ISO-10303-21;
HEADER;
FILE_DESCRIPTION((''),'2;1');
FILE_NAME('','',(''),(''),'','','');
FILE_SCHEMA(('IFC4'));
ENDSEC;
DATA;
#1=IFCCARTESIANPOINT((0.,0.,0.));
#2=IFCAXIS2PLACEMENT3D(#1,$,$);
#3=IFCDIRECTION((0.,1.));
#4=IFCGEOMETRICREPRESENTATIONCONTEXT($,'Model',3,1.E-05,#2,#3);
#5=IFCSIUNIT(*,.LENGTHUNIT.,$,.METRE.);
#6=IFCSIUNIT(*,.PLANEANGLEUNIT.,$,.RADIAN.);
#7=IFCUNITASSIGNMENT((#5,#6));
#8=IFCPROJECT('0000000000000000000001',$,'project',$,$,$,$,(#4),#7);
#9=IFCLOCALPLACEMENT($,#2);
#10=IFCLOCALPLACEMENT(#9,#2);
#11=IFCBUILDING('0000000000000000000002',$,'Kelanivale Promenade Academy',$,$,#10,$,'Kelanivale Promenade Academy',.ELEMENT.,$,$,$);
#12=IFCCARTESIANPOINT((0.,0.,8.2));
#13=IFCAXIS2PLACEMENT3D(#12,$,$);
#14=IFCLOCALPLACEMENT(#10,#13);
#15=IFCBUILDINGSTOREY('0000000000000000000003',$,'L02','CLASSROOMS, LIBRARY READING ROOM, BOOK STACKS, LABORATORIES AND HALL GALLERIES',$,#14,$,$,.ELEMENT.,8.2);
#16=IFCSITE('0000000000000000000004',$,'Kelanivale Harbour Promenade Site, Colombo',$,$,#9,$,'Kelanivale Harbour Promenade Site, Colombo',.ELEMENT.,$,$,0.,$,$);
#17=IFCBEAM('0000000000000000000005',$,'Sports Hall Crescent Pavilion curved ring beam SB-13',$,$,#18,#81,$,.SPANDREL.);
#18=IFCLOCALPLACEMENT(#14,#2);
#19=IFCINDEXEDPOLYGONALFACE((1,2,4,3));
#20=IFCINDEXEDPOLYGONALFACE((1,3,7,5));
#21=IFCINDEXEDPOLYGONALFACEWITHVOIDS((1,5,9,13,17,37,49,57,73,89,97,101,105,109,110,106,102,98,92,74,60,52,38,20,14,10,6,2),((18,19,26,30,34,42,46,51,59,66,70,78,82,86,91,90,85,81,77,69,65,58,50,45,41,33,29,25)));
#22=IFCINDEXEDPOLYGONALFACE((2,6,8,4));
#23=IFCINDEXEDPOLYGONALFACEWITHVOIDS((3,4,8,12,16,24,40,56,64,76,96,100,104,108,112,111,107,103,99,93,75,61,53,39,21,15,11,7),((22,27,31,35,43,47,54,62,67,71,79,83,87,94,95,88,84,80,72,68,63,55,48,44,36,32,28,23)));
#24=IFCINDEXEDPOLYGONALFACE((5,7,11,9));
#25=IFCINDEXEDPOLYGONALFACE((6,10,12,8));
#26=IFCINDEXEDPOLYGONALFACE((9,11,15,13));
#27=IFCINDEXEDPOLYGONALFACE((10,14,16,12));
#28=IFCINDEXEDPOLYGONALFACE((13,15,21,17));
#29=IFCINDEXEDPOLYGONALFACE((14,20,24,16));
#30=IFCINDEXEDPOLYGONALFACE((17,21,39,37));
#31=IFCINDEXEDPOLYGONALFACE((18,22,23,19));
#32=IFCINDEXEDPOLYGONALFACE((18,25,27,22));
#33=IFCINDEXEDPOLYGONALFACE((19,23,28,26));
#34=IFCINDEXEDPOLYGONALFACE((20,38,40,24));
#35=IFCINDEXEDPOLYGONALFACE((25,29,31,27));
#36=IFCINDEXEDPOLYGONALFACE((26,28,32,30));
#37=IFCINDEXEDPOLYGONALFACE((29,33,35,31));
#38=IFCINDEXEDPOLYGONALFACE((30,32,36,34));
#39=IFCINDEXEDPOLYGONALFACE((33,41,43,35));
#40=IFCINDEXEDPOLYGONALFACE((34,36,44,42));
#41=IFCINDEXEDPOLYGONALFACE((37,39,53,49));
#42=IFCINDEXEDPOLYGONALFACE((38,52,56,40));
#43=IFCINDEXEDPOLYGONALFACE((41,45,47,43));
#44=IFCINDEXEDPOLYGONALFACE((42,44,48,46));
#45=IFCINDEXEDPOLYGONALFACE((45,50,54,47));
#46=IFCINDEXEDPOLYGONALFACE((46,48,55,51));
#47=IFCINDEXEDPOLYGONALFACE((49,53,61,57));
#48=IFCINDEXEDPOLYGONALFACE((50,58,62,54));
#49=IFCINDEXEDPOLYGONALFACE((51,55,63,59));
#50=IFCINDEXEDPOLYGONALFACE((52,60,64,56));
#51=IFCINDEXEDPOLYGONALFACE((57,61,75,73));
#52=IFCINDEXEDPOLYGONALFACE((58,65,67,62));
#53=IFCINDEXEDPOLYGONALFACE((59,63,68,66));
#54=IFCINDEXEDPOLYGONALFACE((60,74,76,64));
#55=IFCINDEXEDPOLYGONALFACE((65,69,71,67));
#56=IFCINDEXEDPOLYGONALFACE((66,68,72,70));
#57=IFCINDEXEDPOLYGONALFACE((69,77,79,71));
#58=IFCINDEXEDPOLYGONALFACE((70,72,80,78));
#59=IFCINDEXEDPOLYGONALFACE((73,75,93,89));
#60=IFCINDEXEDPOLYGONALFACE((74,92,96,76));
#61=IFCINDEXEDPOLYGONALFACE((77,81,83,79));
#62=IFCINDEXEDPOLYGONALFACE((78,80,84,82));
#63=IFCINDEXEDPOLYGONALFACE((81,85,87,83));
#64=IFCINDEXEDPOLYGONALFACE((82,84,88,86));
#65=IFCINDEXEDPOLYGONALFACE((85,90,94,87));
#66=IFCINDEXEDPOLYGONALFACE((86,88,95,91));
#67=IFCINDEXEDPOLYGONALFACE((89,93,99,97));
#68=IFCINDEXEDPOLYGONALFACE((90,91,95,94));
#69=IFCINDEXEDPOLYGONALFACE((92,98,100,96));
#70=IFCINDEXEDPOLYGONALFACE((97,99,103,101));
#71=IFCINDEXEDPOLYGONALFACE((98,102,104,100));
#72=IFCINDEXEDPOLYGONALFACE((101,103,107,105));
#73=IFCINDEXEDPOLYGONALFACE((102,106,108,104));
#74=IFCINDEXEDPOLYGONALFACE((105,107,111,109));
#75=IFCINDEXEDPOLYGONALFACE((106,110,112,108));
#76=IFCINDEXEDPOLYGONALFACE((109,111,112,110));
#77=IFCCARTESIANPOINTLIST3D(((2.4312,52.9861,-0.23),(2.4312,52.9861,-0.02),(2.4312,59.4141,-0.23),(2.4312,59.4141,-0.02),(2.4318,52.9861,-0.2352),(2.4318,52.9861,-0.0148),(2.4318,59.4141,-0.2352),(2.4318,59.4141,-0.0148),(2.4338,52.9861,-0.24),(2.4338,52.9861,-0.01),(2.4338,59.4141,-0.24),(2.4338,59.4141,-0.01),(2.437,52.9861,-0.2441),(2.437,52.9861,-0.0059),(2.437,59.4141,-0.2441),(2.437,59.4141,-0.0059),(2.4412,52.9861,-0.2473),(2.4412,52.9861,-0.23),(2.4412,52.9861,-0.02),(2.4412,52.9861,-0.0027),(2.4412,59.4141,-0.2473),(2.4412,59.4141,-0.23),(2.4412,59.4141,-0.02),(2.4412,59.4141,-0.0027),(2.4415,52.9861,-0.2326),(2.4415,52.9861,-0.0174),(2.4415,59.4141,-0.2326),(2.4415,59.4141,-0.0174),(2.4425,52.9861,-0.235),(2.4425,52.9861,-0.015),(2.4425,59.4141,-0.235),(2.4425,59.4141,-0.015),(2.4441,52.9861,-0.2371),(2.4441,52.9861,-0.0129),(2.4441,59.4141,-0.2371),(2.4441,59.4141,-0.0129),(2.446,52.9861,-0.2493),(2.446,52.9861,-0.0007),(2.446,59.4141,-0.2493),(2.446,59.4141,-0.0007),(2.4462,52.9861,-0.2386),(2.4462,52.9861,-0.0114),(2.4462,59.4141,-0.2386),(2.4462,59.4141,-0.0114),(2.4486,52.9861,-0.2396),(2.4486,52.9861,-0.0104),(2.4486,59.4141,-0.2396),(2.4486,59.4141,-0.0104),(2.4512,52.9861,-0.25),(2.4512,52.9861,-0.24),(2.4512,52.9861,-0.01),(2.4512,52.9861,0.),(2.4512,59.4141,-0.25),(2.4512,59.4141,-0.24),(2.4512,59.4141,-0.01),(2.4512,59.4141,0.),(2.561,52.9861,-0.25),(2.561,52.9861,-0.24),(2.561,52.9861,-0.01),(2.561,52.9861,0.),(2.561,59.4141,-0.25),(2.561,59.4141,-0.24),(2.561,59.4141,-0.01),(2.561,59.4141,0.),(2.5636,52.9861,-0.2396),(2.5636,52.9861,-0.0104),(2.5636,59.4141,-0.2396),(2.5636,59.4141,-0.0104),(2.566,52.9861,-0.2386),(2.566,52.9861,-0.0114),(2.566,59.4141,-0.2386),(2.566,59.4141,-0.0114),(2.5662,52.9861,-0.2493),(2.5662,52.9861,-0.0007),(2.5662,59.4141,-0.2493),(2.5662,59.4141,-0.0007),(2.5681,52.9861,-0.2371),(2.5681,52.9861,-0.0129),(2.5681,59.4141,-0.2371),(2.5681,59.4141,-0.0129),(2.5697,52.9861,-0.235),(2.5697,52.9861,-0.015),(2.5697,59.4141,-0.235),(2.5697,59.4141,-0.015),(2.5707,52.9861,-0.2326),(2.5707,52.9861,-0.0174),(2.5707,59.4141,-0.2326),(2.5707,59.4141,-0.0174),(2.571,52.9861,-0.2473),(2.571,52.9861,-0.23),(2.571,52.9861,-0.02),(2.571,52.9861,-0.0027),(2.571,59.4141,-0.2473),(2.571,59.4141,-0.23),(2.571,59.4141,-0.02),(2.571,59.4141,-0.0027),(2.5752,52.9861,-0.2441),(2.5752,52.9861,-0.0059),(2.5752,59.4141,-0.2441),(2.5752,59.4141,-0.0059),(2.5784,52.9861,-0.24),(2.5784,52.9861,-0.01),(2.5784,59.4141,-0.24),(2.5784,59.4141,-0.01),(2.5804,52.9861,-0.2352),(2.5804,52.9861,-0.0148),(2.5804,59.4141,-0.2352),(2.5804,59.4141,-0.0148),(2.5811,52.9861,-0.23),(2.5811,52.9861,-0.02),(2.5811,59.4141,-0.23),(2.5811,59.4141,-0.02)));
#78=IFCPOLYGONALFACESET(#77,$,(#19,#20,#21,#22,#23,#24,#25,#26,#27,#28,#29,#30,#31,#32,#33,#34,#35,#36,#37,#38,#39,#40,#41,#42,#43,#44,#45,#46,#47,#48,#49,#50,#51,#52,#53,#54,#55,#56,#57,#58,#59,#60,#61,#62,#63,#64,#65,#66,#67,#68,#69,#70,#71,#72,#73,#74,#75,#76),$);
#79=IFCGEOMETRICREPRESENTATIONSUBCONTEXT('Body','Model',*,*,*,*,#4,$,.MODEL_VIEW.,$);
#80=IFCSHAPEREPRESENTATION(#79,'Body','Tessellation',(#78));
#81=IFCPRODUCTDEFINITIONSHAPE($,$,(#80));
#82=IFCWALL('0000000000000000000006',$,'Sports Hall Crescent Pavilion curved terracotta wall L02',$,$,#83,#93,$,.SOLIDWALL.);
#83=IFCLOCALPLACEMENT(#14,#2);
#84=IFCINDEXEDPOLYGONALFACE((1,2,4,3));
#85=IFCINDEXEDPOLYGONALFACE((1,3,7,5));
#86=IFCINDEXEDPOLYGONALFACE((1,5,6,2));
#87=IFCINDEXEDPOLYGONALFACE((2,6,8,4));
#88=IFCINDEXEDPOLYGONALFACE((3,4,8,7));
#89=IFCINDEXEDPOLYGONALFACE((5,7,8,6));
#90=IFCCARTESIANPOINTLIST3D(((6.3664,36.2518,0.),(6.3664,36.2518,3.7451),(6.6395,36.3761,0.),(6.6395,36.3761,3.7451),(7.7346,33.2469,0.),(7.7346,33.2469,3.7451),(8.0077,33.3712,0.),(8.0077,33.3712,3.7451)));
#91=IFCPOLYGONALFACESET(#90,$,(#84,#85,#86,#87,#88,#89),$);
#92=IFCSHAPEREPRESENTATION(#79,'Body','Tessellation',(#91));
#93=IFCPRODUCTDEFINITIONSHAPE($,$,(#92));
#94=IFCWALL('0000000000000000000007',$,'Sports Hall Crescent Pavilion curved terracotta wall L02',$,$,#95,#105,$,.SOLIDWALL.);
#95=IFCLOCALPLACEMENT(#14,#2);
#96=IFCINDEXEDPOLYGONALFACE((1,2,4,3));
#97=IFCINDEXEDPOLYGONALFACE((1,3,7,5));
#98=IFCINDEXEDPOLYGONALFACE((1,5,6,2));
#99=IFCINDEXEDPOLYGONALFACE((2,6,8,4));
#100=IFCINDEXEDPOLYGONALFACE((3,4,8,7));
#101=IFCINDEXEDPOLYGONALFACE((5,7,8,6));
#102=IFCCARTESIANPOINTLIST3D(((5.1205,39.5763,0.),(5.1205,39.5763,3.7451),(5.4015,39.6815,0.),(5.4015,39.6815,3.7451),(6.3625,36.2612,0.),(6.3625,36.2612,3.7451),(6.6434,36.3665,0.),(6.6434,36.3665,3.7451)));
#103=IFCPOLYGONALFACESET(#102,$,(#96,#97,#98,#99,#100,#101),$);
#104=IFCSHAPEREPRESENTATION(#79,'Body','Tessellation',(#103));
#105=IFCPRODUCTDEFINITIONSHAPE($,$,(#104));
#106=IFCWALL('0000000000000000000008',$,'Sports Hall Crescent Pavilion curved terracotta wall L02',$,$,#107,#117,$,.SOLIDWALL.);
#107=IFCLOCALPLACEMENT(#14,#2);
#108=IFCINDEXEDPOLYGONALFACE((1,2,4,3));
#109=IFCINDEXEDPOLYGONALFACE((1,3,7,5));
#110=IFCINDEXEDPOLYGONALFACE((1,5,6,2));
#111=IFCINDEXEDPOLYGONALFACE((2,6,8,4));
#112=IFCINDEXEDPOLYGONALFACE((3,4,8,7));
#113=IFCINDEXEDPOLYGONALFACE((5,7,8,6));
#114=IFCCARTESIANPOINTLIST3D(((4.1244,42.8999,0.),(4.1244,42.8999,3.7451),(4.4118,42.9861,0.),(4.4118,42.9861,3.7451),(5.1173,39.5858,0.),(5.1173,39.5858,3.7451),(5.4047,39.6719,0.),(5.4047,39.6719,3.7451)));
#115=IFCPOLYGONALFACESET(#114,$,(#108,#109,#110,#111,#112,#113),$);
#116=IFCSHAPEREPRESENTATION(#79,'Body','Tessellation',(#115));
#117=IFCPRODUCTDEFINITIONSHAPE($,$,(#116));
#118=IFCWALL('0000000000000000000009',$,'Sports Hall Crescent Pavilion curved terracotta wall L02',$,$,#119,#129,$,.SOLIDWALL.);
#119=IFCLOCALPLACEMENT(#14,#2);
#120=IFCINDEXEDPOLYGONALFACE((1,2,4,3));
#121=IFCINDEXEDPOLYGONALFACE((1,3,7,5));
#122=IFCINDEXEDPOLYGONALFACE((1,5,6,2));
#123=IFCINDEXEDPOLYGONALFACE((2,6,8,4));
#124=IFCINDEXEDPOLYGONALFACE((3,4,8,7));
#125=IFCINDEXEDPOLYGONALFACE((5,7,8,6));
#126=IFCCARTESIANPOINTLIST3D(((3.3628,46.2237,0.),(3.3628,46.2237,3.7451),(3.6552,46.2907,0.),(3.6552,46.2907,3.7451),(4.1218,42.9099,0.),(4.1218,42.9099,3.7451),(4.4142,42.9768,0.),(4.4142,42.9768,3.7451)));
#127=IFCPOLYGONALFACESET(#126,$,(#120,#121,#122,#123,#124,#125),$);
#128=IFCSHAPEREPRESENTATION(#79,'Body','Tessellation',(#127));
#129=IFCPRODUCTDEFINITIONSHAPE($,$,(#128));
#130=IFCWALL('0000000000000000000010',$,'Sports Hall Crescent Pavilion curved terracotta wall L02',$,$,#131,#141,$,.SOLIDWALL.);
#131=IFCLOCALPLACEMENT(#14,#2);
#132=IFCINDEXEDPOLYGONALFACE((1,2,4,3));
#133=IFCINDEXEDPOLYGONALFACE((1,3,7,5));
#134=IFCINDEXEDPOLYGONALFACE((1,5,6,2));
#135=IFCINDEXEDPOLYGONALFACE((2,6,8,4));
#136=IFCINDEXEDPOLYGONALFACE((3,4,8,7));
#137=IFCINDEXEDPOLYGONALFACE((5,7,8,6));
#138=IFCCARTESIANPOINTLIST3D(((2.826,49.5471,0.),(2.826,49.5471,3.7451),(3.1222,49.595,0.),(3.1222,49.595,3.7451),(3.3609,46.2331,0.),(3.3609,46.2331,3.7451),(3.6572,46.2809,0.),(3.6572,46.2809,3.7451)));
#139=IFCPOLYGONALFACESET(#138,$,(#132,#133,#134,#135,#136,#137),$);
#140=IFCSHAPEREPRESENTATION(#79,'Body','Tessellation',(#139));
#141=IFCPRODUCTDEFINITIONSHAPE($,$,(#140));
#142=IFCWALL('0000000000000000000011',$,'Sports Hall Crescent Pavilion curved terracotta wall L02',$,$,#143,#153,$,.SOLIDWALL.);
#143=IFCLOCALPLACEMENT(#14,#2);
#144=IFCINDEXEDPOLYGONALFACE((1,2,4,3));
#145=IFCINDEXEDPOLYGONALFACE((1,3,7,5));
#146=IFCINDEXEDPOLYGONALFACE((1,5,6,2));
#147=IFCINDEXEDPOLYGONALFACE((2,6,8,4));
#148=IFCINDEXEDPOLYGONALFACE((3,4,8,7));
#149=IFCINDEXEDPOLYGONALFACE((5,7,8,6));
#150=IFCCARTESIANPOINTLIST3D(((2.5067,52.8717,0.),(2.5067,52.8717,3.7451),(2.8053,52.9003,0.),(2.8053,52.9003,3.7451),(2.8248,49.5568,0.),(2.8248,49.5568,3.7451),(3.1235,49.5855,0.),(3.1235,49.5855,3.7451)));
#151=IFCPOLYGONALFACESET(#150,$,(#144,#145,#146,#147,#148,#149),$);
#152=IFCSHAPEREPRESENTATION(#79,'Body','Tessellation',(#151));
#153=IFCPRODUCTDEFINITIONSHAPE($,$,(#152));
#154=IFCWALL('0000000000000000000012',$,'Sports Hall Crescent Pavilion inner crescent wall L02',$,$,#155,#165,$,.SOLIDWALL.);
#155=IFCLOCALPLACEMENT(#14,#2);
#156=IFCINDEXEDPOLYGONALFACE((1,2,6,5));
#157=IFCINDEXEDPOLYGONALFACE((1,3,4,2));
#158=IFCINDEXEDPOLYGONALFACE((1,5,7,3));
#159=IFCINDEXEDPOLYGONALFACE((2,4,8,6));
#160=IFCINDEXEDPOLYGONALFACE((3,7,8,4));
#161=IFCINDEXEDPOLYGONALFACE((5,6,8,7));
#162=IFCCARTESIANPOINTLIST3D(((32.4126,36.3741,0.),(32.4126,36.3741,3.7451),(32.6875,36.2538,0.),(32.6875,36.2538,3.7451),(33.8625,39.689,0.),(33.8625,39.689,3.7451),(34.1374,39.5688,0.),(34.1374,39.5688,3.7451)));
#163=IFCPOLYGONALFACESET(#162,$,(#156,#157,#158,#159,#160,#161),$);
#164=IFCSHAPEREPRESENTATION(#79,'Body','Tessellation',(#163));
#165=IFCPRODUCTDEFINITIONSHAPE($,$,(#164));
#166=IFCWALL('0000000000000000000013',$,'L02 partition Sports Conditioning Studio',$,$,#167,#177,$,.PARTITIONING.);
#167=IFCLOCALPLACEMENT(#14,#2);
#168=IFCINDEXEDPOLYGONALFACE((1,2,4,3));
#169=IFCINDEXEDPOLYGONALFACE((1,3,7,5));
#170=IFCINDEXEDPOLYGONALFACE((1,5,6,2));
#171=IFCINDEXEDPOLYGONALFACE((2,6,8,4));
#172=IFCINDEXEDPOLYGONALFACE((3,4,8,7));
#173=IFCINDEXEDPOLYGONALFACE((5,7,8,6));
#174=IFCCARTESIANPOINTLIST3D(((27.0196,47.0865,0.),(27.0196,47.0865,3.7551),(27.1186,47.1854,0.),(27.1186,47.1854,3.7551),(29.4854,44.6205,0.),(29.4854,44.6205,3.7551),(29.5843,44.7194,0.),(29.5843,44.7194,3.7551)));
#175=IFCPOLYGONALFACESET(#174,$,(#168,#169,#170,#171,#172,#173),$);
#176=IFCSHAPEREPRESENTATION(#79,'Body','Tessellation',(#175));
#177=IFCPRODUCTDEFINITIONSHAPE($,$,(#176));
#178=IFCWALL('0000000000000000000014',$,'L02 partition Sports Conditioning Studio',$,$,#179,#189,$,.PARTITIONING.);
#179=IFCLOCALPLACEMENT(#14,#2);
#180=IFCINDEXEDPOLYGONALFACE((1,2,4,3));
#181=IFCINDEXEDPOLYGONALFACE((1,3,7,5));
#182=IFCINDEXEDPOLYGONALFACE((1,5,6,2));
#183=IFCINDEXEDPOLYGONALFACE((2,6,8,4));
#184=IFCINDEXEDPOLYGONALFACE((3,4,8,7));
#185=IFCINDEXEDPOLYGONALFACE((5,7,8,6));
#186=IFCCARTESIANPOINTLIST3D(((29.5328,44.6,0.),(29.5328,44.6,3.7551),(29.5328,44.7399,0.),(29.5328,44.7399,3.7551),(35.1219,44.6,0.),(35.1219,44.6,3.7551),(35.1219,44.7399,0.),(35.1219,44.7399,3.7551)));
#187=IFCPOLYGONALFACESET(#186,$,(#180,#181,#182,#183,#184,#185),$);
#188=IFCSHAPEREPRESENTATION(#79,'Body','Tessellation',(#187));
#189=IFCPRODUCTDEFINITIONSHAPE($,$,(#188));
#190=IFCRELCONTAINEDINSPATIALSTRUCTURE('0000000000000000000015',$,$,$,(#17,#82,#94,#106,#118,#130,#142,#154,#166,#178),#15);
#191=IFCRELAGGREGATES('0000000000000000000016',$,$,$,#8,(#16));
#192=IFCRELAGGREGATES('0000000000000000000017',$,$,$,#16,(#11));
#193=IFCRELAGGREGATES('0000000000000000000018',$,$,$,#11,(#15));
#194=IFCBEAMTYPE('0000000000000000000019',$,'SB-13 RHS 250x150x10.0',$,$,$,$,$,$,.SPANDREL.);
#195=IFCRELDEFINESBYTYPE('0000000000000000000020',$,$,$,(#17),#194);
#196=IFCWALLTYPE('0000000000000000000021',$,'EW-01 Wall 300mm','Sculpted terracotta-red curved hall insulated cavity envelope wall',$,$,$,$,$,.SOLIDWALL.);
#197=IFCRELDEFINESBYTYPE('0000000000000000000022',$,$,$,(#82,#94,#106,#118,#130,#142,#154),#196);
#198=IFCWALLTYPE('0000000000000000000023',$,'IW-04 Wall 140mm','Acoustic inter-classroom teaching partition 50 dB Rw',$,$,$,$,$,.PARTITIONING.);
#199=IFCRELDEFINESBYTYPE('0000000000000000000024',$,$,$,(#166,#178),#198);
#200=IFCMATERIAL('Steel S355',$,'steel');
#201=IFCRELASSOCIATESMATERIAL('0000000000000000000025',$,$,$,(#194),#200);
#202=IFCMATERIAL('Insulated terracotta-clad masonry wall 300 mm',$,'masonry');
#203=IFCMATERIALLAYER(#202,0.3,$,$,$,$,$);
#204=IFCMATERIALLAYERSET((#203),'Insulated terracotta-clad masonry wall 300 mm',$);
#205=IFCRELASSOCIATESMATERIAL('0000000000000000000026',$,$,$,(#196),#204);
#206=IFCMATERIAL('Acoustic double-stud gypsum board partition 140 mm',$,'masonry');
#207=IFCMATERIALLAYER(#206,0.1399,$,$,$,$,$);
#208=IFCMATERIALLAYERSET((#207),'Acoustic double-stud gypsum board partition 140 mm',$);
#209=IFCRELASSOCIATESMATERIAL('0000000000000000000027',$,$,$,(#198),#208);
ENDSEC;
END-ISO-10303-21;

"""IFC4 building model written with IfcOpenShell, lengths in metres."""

from ifc_helpers import new_model, si_unit, direction, frame, frame_2d, origin, origin_2d, place, context, subcontext, project, spatial, rectangle, hollow_rectangle, extrude, material, layer, layer_set, material_profile, profile_set, type_object, element, save


model = new_model("IFC4")

# Units and contexts
model_context = context("Model", 3, precision=1e-05, world=origin(), true_north=direction((0.0, 1.0)))
body_context = subcontext(model_context, "Body", "Model", "MODEL_VIEW")
ifc_project = project(units=[si_unit("LENGTHUNIT", "METRE"), si_unit("PLANEANGLEUNIT", "RADIAN")], contexts=[model_context])

# Site, building, storey
site_placement = place(None, origin())
site = spatial("IfcSite", under=ifc_project, at=site_placement, Name="Kelanivale Harbour Promenade Site, Colombo", LongName="Kelanivale Harbour Promenade Site, Colombo", CompositionType="ELEMENT", RefElevation=0.0)
building_placement = place(site_placement, origin())
building = spatial("IfcBuilding", under=site, at=building_placement, Name="Kelanivale Promenade Academy", LongName="Kelanivale Promenade Academy", CompositionType="ELEMENT")
storey_placement = place(building_placement, frame((0.0, 0.0, 8.2)))
storey = spatial("IfcBuildingStorey", under=building, at=storey_placement, Name="L02", Description="CLASSROOMS, LIBRARY READING ROOM, BOOK STACKS, LABORATORIES AND HALL GALLERIES", CompositionType="ELEMENT", Elevation=8.2)

# Shared definitions
ifc_material_1 = material(Name="Steel S355", Category="steel")

# Beam
ifc_material_profile_1 = material_profile(ifc_material_1, hollow_rectangle(XDim=0.1499, YDim=0.25, WallThickness=0.01, InnerFilletRadius=0.01, OuterFilletRadius=0.02, at=origin_2d()), Name="RHS 250x150x10.0")
ifc_profile_set_1 = profile_set([ifc_material_profile_1], Name="Steel S355")
beam_type_1 = type_object("IfcBeamType", Name="SB-13 RHS 250x150x10.0", PredefinedType="SPANDREL", material=ifc_profile_set_1)
beam_1_placement = place(storey_placement, frame((2.5061, 52.9861, -0.125), z_axis=(0.0, 1.0, 0.0), x_axis=(-1.0, 0.0, 0.0)))
element("IfcBeam", 1, at=beam_1_placement, inside=storey, type_object=beam_type_1, Name="Sports Hall Crescent Pavilion curved ring beam SB-13", PredefinedType="SPANDREL", context=body_context, shape_type="SweptSolid", body=[
    extrude(hollow_rectangle(XDim=0.1499, YDim=0.25, WallThickness=0.01, InnerFilletRadius=0.01, OuterFilletRadius=0.02, at=origin_2d()), origin(), (0.0, 0.0, 1.0), 6.428),
])

# Walls
ifc_material_2 = material(Name="Insulated terracotta-clad masonry wall 300 mm", Category="masonry")
ifc_layer_1 = layer(ifc_material_2, 0.3)
ifc_layer_set_1 = layer_set([ifc_layer_1], Name="Insulated terracotta-clad masonry wall 300 mm")
wall_type_1 = type_object("IfcWallType", Name="EW-01 Wall 300mm", Description="Sculpted terracotta-red curved hall insulated cavity envelope wall", PredefinedType="SOLIDWALL", material=ifc_layer_set_1)
wall_1_placement = place(storey_placement, frame((6.5029, 36.314, 0.0), z_axis=(0.0, 0.0, 1.0), x_axis=(0.414382, -0.910103, 0.0)))
element("IfcWall", 2, at=wall_1_placement, inside=storey, type_object=wall_type_1, Name="Sports Hall Crescent Pavilion curved terracotta wall L02", PredefinedType="SOLIDWALL", context=body_context, shape_type="SweptSolid", body=[
    extrude(rectangle(XDim=3.3018, YDim=0.3, at=frame_2d((1.6509, 0.0))), origin(), (0.0, 0.0, 1.0), 3.7451),
])
wall_2_placement = place(storey_placement, frame((5.261, 39.6289, 0.0), z_axis=(0.0, 0.0, 1.0), x_axis=(0.350836, -0.936437, 0.0)))
element("IfcWall", 3, at=wall_2_placement, inside=storey, type_object=wall_type_1, Name="Sports Hall Crescent Pavilion curved terracotta wall L02", PredefinedType="SOLIDWALL", context=body_context, shape_type="SweptSolid", body=[
    extrude(rectangle(XDim=3.54, YDim=0.3, at=frame_2d((1.77, 0.0))), origin(), (0.0, 0.0, 1.0), 3.7451),
])
wall_3_placement = place(storey_placement, frame((4.2681, 42.9431, 0.0), z_axis=(0.0, 0.0, 1.0), x_axis=(0.286992, -0.957933, 0.0)))
element("IfcWall", 4, at=wall_3_placement, inside=storey, type_object=wall_type_1, Name="Sports Hall Crescent Pavilion curved terracotta wall L02", PredefinedType="SOLIDWALL", context=body_context, shape_type="SweptSolid", body=[
    extrude(rectangle(XDim=3.4597, YDim=0.3, at=frame_2d((1.73, 0.0))), origin(), (0.0, 0.0, 1.0), 3.7451),
])
wall_4_placement = place(storey_placement, frame((3.509, 46.2571, 0.0), z_axis=(0.0, 0.0, 1.0), x_axis=(0.22326, -0.974759, 0.0)))
element("IfcWall", 5, at=wall_4_placement, inside=storey, type_object=wall_type_1, Name="Sports Hall Crescent Pavilion curved terracotta wall L02", PredefinedType="SOLIDWALL", context=body_context, shape_type="SweptSolid", body=[
    extrude(rectangle(XDim=3.3997, YDim=0.3, at=frame_2d((1.6997, 0.0))), origin(), (0.0, 0.0, 1.0), 3.7451),
])
wall_5_placement = place(storey_placement, frame((2.9741, 49.571, 0.0), z_axis=(0.0, 0.0, 1.0), x_axis=(0.159349, -0.987222, 0.0)))
element("IfcWall", 6, at=wall_5_placement, inside=storey, type_object=wall_type_1, Name="Sports Hall Crescent Pavilion curved terracotta wall L02", PredefinedType="SOLIDWALL", context=body_context, shape_type="SweptSolid", body=[
    extrude(rectangle(XDim=3.3569, YDim=0.3, at=frame_2d((1.6785, 0.0))), origin(), (0.0, 0.0, 1.0), 3.7451),
])
wall_6_placement = place(storey_placement, frame((2.656, 52.886, 0.0), z_axis=(0.0, 0.0, 1.0), x_axis=(0.095525, -0.995427, 0.0)))
element("IfcWall", 7, at=wall_6_placement, inside=storey, type_object=wall_type_1, Name="Sports Hall Crescent Pavilion curved terracotta wall L02", PredefinedType="SOLIDWALL", context=body_context, shape_type="SweptSolid", body=[
    extrude(rectangle(XDim=3.3301, YDim=0.3, at=frame_2d((1.665, 0.0))), origin(), (0.0, 0.0, 1.0), 3.7451),
])
wall_7_placement = place(storey_placement, frame((32.55, 36.314, 0.0), z_axis=(0.0, 0.0, 1.0), x_axis=(0.400741, 0.916191, 0.0)))
element("IfcWall", 8, at=wall_7_placement, inside=storey, type_object=wall_type_1, Name="Sports Hall Crescent Pavilion inner crescent wall L02", PredefinedType="SOLIDWALL", context=body_context, shape_type="SweptSolid", body=[
    extrude(rectangle(XDim=3.6182, YDim=0.3, at=frame_2d((1.8091, 0.0))), origin(), (0.0, 0.0, 1.0), 3.7451),
])
ifc_material_3 = material(Name="Acoustic double-stud gypsum board partition 140 mm", Category="masonry")
ifc_layer_2 = layer(ifc_material_3, 0.1399)
ifc_layer_set_2 = layer_set([ifc_layer_2], Name="Acoustic double-stud gypsum board partition 140 mm")
wall_type_2 = type_object("IfcWallType", Name="IW-04 Wall 140mm", Description="Acoustic inter-classroom teaching partition 50 dB Rw", PredefinedType="PARTITIONING", material=ifc_layer_set_2)
wall_8_placement = place(storey_placement, frame((27.0691, 47.136, 0.0), z_axis=(0.0, 0.0, 1.0), x_axis=(0.707072, -0.707142, 0.0)))
element("IfcWall", 9, at=wall_8_placement, inside=storey, type_object=wall_type_2, Name="L02 partition Sports Conditioning Studio", PredefinedType="PARTITIONING", context=body_context, shape_type="SweptSolid", body=[
    extrude(rectangle(XDim=3.4873, YDim=0.1399, at=frame_2d((1.7437, 0.0))), origin(), (0.0, 0.0, 1.0), 3.7551),
])
wall_9_placement = place(storey_placement, frame((29.533, 44.6699, 0.0), z_axis=(0.0, 0.0, 1.0), x_axis=(1.0, 0.0, 0.0)))
element("IfcWall", 10, at=wall_9_placement, inside=storey, type_object=wall_type_2, Name="L02 partition Sports Conditioning Studio", PredefinedType="PARTITIONING", context=body_context, shape_type="SweptSolid", body=[
    extrude(rectangle(XDim=5.5891, YDim=0.1399, at=frame_2d((2.7944, 0.0))), origin(), (0.0, 0.0, 1.0), 3.7551),
])

save(model, "model.ifc")
